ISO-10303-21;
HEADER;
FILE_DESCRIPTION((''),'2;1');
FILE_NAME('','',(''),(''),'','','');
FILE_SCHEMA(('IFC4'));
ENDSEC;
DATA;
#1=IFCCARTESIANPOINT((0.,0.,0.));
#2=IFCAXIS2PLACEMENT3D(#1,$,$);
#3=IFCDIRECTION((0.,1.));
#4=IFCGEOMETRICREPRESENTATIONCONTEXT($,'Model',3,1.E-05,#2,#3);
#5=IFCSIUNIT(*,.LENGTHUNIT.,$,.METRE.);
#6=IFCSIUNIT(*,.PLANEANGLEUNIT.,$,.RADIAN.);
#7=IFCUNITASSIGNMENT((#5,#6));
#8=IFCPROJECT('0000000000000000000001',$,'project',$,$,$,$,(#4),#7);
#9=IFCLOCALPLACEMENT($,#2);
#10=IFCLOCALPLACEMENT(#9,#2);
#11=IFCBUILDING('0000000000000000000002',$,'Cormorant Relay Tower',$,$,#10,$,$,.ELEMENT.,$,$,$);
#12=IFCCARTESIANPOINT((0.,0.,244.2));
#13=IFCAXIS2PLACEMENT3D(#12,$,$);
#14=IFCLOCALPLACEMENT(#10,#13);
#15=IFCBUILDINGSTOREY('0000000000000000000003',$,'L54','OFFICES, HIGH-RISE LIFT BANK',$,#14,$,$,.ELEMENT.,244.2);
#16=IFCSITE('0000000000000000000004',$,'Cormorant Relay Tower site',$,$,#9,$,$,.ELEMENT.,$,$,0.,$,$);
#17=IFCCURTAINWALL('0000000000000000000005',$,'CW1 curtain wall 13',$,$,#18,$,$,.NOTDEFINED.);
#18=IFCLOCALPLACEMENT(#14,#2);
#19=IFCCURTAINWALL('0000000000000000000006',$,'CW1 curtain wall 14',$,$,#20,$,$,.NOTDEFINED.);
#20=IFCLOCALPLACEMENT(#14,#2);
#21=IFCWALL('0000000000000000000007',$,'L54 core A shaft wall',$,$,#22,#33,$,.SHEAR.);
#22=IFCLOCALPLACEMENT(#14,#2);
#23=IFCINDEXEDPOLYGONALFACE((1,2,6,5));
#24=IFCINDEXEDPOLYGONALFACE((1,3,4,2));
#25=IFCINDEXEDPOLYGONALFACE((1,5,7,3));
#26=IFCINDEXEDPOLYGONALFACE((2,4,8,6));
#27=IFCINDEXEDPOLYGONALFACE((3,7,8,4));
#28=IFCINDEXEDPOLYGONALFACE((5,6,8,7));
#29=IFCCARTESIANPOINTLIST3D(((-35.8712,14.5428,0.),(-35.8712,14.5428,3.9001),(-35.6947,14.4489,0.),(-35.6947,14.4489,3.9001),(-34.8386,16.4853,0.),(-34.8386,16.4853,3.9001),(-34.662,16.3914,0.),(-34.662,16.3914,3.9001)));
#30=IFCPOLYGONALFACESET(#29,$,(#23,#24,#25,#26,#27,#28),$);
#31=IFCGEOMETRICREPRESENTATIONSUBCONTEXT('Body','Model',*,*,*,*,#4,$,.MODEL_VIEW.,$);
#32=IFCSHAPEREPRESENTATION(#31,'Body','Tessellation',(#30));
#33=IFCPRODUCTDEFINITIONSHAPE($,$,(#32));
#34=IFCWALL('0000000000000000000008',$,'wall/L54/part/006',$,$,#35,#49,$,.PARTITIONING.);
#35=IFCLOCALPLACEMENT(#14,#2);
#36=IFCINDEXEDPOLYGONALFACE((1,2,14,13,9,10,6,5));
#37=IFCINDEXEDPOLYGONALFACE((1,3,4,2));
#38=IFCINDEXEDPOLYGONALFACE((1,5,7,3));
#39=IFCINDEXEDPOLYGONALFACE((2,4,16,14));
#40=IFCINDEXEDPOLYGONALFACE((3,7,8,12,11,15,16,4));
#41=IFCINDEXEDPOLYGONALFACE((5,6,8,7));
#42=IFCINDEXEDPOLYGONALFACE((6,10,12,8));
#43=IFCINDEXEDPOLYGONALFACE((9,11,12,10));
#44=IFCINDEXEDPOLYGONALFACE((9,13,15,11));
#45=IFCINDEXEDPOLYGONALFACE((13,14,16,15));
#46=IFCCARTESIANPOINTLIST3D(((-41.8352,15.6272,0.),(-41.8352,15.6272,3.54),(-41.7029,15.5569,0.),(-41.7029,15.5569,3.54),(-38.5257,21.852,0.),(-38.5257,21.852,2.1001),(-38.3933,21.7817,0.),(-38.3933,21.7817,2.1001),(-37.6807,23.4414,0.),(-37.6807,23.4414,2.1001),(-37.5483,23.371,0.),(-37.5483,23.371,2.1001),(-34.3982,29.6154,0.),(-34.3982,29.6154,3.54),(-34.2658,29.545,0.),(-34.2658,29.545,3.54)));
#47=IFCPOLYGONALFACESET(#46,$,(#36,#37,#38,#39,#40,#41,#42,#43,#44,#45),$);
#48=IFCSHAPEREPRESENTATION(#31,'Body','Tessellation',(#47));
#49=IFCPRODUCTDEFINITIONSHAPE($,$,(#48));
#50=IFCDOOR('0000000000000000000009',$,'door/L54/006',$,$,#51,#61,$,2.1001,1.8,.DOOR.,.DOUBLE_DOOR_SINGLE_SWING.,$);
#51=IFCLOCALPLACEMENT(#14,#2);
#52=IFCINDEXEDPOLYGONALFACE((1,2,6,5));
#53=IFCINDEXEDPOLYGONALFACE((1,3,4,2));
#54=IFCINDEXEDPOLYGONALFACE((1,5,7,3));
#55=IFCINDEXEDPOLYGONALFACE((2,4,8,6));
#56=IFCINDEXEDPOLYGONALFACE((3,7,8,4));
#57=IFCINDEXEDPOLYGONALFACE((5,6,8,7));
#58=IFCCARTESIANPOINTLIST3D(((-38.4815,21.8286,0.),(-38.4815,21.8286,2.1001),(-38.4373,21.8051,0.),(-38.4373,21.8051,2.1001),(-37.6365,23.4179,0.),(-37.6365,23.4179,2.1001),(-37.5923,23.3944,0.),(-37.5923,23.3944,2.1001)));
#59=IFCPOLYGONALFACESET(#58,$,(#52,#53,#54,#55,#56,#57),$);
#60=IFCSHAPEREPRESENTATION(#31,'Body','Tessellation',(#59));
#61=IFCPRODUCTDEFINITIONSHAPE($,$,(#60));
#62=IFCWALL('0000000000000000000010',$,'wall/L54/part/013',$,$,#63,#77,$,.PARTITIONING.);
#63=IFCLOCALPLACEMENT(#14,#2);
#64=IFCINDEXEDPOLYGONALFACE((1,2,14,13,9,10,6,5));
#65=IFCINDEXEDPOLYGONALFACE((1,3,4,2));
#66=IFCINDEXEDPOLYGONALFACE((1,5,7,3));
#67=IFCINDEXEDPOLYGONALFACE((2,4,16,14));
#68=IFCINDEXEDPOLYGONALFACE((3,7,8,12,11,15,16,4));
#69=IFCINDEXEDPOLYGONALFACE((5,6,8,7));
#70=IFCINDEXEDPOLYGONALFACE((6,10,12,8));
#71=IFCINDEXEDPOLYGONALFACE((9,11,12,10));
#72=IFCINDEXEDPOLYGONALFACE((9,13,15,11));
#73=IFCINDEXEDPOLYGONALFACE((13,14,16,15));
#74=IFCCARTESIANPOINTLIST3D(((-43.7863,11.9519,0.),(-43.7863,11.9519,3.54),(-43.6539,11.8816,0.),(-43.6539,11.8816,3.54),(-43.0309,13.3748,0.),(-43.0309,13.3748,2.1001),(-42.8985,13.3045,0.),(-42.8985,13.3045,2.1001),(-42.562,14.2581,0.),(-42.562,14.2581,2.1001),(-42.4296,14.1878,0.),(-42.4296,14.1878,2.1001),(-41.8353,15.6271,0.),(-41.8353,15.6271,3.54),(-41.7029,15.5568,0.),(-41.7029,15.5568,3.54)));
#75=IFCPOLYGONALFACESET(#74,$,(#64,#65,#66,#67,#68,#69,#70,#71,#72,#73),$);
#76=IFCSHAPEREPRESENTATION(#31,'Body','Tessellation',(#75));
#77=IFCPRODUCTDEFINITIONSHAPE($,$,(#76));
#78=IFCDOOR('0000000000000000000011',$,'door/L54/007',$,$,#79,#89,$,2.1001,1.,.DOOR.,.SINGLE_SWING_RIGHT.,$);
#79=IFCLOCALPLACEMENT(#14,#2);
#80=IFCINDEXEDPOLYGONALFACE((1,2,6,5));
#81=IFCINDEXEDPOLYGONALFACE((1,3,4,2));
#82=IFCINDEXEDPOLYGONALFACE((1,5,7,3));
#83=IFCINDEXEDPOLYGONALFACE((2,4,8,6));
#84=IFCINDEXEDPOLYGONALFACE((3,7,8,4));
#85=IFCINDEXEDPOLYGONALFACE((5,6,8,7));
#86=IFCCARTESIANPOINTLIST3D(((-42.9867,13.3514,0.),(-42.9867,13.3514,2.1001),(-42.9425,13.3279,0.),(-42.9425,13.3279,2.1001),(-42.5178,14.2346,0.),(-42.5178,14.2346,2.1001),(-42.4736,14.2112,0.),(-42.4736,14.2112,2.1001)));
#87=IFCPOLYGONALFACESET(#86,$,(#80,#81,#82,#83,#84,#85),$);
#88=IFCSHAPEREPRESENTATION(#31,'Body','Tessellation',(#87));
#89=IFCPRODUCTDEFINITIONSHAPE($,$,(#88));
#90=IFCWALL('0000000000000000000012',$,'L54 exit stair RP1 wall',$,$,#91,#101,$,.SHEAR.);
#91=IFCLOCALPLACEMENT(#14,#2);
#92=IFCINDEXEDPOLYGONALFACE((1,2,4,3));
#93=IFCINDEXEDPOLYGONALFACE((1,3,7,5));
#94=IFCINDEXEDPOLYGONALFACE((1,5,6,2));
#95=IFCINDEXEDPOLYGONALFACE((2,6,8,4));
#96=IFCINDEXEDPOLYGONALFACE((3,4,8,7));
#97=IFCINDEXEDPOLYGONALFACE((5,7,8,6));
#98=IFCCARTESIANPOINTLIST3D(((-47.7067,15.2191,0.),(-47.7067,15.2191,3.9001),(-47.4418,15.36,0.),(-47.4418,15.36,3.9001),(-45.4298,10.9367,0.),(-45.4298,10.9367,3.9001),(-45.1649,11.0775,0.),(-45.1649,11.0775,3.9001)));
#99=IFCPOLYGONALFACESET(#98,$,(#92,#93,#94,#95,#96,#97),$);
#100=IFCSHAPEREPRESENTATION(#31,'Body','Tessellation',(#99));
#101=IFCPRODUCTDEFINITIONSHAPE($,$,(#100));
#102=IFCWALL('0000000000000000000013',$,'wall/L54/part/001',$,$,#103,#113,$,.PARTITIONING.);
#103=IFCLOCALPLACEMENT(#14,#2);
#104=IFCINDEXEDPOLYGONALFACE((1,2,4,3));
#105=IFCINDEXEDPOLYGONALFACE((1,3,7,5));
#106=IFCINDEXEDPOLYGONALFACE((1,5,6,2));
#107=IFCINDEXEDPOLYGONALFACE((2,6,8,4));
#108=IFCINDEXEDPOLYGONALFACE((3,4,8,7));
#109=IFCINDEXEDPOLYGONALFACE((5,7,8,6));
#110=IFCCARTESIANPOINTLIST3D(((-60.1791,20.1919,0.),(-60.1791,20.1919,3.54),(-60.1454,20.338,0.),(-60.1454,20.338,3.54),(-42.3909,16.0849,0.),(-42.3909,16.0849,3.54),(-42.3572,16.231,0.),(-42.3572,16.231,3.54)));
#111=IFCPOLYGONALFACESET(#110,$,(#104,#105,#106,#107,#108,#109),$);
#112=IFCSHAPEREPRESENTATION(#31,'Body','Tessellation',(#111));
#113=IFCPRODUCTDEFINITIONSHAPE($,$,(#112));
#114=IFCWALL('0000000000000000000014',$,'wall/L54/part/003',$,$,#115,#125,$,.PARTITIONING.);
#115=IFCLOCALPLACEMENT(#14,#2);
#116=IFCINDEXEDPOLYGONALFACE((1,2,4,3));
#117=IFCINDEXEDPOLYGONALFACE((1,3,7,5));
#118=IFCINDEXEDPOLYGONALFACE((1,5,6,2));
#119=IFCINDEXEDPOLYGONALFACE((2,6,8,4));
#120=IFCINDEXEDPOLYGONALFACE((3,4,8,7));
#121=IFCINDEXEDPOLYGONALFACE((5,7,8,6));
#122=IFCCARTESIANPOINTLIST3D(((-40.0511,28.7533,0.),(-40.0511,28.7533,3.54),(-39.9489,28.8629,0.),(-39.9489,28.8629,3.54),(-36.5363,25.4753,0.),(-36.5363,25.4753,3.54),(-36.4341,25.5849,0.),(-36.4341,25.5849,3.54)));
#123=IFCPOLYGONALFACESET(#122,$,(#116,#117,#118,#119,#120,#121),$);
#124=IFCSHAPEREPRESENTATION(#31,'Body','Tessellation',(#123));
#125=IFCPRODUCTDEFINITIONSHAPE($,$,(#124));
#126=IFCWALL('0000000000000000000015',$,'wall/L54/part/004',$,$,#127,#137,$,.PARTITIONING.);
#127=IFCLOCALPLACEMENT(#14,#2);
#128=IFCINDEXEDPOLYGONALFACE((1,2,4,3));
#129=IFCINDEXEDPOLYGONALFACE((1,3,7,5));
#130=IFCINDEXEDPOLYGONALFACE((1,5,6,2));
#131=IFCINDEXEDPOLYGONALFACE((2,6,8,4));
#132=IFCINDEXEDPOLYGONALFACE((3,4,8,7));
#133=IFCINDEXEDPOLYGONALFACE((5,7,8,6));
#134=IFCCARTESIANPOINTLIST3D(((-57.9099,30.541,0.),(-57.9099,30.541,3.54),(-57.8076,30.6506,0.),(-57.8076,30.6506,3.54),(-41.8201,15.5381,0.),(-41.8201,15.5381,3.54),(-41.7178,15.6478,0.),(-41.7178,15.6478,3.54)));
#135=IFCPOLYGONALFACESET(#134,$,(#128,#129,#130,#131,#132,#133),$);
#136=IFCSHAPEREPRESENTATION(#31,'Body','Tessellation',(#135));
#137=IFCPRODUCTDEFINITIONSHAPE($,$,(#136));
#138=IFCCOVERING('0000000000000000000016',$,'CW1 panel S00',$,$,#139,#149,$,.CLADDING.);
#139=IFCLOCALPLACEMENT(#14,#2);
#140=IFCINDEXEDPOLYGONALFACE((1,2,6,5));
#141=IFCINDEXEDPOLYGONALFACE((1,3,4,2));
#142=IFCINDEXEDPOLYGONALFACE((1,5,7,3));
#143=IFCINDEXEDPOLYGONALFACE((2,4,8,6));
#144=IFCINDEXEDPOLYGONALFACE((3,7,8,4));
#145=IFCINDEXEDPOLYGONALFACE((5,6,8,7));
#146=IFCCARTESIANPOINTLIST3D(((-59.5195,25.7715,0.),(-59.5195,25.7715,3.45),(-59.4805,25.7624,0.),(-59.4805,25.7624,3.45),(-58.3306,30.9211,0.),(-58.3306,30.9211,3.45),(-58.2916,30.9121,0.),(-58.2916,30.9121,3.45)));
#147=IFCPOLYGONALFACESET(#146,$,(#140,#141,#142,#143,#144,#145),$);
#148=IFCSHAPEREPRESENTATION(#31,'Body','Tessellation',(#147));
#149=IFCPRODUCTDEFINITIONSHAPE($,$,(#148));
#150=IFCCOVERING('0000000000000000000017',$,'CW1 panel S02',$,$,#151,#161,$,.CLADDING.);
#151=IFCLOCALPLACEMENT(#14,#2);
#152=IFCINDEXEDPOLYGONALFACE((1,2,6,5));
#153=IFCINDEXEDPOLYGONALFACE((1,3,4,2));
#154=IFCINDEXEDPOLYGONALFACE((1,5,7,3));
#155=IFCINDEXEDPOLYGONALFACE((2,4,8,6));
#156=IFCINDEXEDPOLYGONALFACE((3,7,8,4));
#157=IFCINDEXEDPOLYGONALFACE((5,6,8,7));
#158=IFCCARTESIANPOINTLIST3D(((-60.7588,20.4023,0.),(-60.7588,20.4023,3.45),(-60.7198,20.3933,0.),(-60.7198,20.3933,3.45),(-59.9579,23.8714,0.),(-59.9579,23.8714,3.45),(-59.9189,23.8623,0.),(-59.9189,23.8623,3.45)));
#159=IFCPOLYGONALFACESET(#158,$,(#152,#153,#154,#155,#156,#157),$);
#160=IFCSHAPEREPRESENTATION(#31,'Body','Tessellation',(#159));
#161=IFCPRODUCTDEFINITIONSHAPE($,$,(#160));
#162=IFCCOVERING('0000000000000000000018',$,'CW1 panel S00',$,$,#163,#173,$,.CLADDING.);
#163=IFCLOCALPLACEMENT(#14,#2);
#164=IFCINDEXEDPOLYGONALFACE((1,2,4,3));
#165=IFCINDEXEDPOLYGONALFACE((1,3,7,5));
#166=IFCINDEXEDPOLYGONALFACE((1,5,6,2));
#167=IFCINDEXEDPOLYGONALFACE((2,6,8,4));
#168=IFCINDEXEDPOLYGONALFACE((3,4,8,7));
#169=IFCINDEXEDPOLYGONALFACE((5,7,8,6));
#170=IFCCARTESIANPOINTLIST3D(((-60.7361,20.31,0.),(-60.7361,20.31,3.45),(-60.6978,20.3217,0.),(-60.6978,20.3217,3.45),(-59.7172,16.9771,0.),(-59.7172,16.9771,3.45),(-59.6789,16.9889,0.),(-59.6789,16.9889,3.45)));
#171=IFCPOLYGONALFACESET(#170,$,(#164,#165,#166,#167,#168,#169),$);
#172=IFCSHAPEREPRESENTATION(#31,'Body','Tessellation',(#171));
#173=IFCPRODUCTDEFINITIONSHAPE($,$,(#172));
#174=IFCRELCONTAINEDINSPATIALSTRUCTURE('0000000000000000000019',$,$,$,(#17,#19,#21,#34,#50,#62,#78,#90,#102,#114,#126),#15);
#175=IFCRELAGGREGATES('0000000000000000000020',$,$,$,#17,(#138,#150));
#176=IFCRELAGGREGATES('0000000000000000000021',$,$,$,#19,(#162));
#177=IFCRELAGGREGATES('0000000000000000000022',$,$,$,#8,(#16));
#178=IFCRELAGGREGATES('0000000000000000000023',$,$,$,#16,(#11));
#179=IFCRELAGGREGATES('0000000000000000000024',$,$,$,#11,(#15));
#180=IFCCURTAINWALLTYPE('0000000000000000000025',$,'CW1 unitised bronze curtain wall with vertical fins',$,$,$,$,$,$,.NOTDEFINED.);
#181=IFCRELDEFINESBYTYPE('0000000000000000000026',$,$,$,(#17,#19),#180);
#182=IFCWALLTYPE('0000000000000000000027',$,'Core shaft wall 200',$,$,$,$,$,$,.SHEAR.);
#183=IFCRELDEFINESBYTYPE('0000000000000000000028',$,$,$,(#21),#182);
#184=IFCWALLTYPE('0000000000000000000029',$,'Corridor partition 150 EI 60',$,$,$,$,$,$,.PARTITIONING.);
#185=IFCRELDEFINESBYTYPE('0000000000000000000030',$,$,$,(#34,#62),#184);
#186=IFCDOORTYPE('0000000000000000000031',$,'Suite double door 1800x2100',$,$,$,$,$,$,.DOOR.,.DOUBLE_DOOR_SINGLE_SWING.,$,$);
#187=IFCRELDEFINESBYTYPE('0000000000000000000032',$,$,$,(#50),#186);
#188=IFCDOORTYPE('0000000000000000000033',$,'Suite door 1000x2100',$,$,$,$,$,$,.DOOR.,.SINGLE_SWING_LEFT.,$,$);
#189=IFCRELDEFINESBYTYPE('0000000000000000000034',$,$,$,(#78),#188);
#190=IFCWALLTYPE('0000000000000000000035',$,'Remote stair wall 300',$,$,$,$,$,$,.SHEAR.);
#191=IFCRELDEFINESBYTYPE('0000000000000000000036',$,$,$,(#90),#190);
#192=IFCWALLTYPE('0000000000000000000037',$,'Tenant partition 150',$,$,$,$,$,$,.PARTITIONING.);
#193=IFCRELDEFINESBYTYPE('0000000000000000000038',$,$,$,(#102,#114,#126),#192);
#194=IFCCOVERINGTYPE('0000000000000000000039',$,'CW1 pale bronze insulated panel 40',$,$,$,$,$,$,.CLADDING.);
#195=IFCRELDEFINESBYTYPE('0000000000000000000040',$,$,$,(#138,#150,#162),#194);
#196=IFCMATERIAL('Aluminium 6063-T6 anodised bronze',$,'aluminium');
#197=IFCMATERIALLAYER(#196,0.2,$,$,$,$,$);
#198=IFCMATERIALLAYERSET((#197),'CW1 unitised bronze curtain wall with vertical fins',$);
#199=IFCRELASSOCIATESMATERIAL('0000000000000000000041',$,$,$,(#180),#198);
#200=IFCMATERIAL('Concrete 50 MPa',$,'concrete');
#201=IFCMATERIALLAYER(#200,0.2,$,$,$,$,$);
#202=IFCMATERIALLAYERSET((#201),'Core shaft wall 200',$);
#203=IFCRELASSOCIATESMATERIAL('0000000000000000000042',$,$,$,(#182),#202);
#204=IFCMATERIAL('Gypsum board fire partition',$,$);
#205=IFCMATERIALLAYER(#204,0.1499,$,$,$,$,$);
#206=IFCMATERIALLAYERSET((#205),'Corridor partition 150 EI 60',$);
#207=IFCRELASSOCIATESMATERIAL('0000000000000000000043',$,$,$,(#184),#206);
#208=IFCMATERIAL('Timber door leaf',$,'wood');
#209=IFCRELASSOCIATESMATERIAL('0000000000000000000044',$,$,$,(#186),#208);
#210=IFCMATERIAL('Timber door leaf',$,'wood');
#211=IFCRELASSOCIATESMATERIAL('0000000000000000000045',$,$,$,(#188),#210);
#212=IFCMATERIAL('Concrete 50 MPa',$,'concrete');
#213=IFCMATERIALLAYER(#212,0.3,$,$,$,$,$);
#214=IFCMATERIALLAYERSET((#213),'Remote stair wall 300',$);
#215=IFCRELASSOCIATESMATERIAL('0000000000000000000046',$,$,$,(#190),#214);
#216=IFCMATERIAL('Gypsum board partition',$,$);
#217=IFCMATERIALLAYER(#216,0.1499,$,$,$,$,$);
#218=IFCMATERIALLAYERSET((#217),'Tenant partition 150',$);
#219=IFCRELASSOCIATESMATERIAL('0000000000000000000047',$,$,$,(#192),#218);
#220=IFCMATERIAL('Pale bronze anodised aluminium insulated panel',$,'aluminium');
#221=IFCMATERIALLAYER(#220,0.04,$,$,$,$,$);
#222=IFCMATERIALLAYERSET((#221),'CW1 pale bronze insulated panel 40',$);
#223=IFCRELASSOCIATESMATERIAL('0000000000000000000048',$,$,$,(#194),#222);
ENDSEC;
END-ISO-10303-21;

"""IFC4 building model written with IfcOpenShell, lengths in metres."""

from ifc_helpers import new_model, si_unit, direction, frame, frame_2d, origin, origin_2d, place, context, subcontext, project, spatial, rectangle, extrude, material, layer, layer_set, type_object, element, fill, aggregate, save


model = new_model("IFC4")

# Units and contexts
model_context = context("Model", 3, precision=1e-05, world=origin(), true_north=direction((0.0, 1.0)))
body_context = subcontext(model_context, "Body", "Model", "MODEL_VIEW")
ifc_project = project(units=[si_unit("LENGTHUNIT", "METRE"), si_unit("PLANEANGLEUNIT", "RADIAN")], contexts=[model_context])

# Site, building, storey
site_placement = place(None, origin())
site = spatial("IfcSite", under=ifc_project, at=site_placement, Name="Cormorant Relay Tower site", CompositionType="ELEMENT", RefElevation=0.0)
building_placement = place(site_placement, origin())
building = spatial("IfcBuilding", under=site, at=building_placement, Name="Cormorant Relay Tower", CompositionType="ELEMENT")
storey_placement = place(building_placement, frame((0.0, 0.0, 244.2)))
storey = spatial("IfcBuildingStorey", under=building, at=storey_placement, Name="L54", Description="OFFICES, HIGH-RISE LIFT BANK", CompositionType="ELEMENT", Elevation=244.2)

# Curtain wall
ifc_material_1 = material(Name="Aluminium 6063-T6 anodised bronze", Category="aluminium")
ifc_layer_1 = layer(ifc_material_1, 0.2)
ifc_layer_set_1 = layer_set([ifc_layer_1], Name="CW1 unitised bronze curtain wall with vertical fins")
curtain_wall_type = type_object("IfcCurtainWallType", Name="CW1 unitised bronze curtain wall with vertical fins", PredefinedType="NOTDEFINED", material=ifc_layer_set_1)
curtain_wall_1_placement = place(storey_placement, origin())
curtain_wall_1 = element("IfcCurtainWall", 1, at=curtain_wall_1_placement, inside=storey, type_object=curtain_wall_type, Name="CW1 curtain wall 13", PredefinedType="NOTDEFINED")

# Curtain wall
curtain_wall_2_placement = place(storey_placement, origin())
curtain_wall_2 = element("IfcCurtainWall", 2, at=curtain_wall_2_placement, inside=storey, type_object=curtain_wall_type, Name="CW1 curtain wall 14", PredefinedType="NOTDEFINED")

# Wall
ifc_material_2 = material(Name="Concrete 50 MPa", Category="concrete")
ifc_layer_2 = layer(ifc_material_2, 0.2)
ifc_layer_set_2 = layer_set([ifc_layer_2], Name="Core shaft wall 200")
wall_type_1 = type_object("IfcWallType", Name="Core shaft wall 200", PredefinedType="SHEAR", material=ifc_layer_set_2)
wall_1_placement = place(storey_placement, frame((-34.7502, 16.4385, 0.0), z_axis=(0.0, 0.0, 1.0), x_axis=(-0.469401, -0.882985, 0.0)))
element("IfcWall", 3, at=wall_1_placement, inside=storey, type_object=wall_type_1, Name="L54 core A shaft wall", PredefinedType="SHEAR", context=body_context, shape_type="SweptSolid", body=[
    extrude(rectangle(XDim=2.2, YDim=0.2, at=frame_2d((1.1001, 0.0))), origin(), (0.0, 0.0, 1.0), 3.9001),
])

# Walls, openings, doors
ifc_material_3 = material(Name="Gypsum board fire partition")
ifc_layer_3 = layer(ifc_material_3, 0.1499)
ifc_layer_set_3 = layer_set([ifc_layer_3], Name="Corridor partition 150 EI 60")
wall_type_2 = type_object("IfcWallType", Name="Corridor partition 150 EI 60", PredefinedType="PARTITIONING", material=ifc_layer_set_3)
wall_2_placement = place(storey_placement, frame((-41.769, 15.592, 0.0), z_axis=(0.0, 0.0, 1.0), x_axis=(0.469444, 0.882962, 0.0)))
wall_2 = element("IfcWall", 4, at=wall_2_placement, inside=storey, type_object=wall_type_2, Name="wall/L54/part/006", PredefinedType="PARTITIONING", context=body_context, shape_type="SweptSolid", body=[
    extrude(rectangle(XDim=15.8423, YDim=0.1499, at=frame_2d((7.9211, 0.0))), origin(), (0.0, 0.0, 1.0), 3.54),
])
opening_1_placement = place(wall_2_placement, frame((7.05, 0.0, 0.0)))
opening_1 = element("IfcOpeningElement", 5, at=opening_1_placement, cuts=wall_2, PredefinedType="OPENING", context=body_context, shape_type="SweptSolid", body=[
    extrude(rectangle(XDim=1.8, YDim=2.1001, at=frame_2d((0.8999, 1.05))), frame((0.0, 0.085, 0.0), z_axis=(0.0, -1.0, 0.0), x_axis=(1.0, 0.0, 0.0)), (0.0, 0.0, 1.0), 0.1699),
])
ifc_material_4 = material(Name="Timber door leaf", Category="wood")
door_type_1 = type_object("IfcDoorType", Name="Suite double door 1800x2100", OperationType="DOUBLE_DOOR_SINGLE_SWING", PredefinedType="DOOR", material=ifc_material_4)
door_1_placement = place(opening_1_placement, origin())
door_1 = element("IfcDoor", 6, at=door_1_placement, inside=storey, type_object=door_type_1, Name="door/L54/006", OperationType="DOUBLE_DOOR_SINGLE_SWING", OverallHeight=2.1001, OverallWidth=1.8, PredefinedType="DOOR", context=body_context, shape_type="SweptSolid", body=[
    extrude(rectangle(XDim=1.8, YDim=2.1001, at=frame_2d((0.8999, 1.05))), frame((0.0, 0.0249, 0.0), z_axis=(0.0, -1.0, 0.0), x_axis=(1.0, 0.0, 0.0)), (0.0, 0.0, 1.0), 0.05),
])
fill(opening_1, door_1)
wall_3_placement = place(storey_placement, frame((-41.769, 15.592, 0.0), z_axis=(0.0, 0.0, 1.0), x_axis=(-0.468885, -0.883259, 0.0)))
wall_3 = element("IfcWall", 7, at=wall_3_placement, inside=storey, type_object=wall_type_2, Name="wall/L54/part/013", PredefinedType="PARTITIONING", context=body_context, shape_type="SweptSolid", body=[
    extrude(rectangle(XDim=4.1609, YDim=0.1499, at=frame_2d((2.0806, 0.0))), origin(), (0.0, 0.0, 1.0), 3.54),
])
opening_2_placement = place(wall_3_placement, frame((1.55, 0.0, 0.0)))
opening_2 = element("IfcOpeningElement", 8, at=opening_2_placement, cuts=wall_3, PredefinedType="OPENING", context=body_context, shape_type="SweptSolid", body=[
    extrude(rectangle(XDim=1.0, YDim=2.1001, at=frame_2d((0.5, 1.05))), frame((0.0, 0.085, 0.0), z_axis=(0.0, -1.0, 0.0), x_axis=(1.0, 0.0, 0.0)), (0.0, 0.0, 1.0), 0.1699),
])
ifc_material_5 = material(Name="Timber door leaf", Category="wood")
door_type_2 = type_object("IfcDoorType", Name="Suite door 1000x2100", OperationType="SINGLE_SWING_LEFT", PredefinedType="DOOR", material=ifc_material_5)
door_2_placement = place(opening_2_placement, frame((1.0, 0.0, 0.0), z_axis=(0.0, 0.0, 1.0), x_axis=(-1.0, 0.0, 0.0)))
door_2 = element("IfcDoor", 9, at=door_2_placement, inside=storey, type_object=door_type_2, Name="door/L54/007", OperationType="SINGLE_SWING_RIGHT", OverallHeight=2.1001, OverallWidth=1.0, PredefinedType="DOOR", context=body_context, shape_type="SweptSolid", body=[
    extrude(rectangle(XDim=1.0, YDim=2.1001, at=frame_2d((0.5, 1.05))), frame((0.0, 0.0249, 0.0), z_axis=(0.0, -1.0, 0.0), x_axis=(1.0, 0.0, 0.0)), (0.0, 0.0, 1.0), 0.05),
])
fill(opening_2, door_2)

# Walls
ifc_material_6 = material(Name="Concrete 50 MPa", Category="concrete")
ifc_layer_4 = layer(ifc_material_6, 0.3)
ifc_layer_set_4 = layer_set([ifc_layer_4], Name="Remote stair wall 300")
wall_type_3 = type_object("IfcWallType", Name="Remote stair wall 300", PredefinedType="SHEAR", material=ifc_layer_set_4)
wall_4_placement = place(storey_placement, frame((-47.5742, 15.2896, 0.0), z_axis=(0.0, 0.0, 1.0), x_axis=(0.469443, -0.882963, 0.0)))
element("IfcWall", 10, at=wall_4_placement, inside=storey, type_object=wall_type_3, Name="L54 exit stair RP1 wall", PredefinedType="SHEAR", context=body_context, shape_type="SweptSolid", body=[
    extrude(rectangle(XDim=4.8501, YDim=0.3, at=frame_2d((2.425, 0.0))), origin(), (0.0, 0.0, 1.0), 3.9001),
])
ifc_material_7 = material(Name="Gypsum board partition")
ifc_layer_5 = layer(ifc_material_7, 0.1499)
ifc_layer_set_5 = layer_set([ifc_layer_5], Name="Tenant partition 150")
wall_type_4 = type_object("IfcWallType", Name="Tenant partition 150", PredefinedType="PARTITIONING", material=ifc_layer_set_5)
wall_5_placement = place(storey_placement, frame((-60.1621, 20.2649, 0.0), z_axis=(0.0, 0.0, 1.0), x_axis=(0.974367, -0.224963, 0.0)))
element("IfcWall", 11, at=wall_5_placement, inside=storey, type_object=wall_type_4, Name="wall/L54/part/001", PredefinedType="PARTITIONING", context=body_context, shape_type="SweptSolid", body=[
    extrude(rectangle(XDim=18.2561, YDim=0.1499, at=frame_2d((9.1279, 0.0))), origin(), (0.0, 0.0, 1.0), 3.54),
])
wall_6_placement = place(storey_placement, frame((-40.0, 28.8081, 0.0), z_axis=(0.0, 0.0, 1.0), x_axis=(0.731314, -0.682041, 0.0)))
element("IfcWall", 12, at=wall_6_placement, inside=storey, type_object=wall_type_4, Name="wall/L54/part/003", PredefinedType="PARTITIONING", context=body_context, shape_type="SweptSolid", body=[
    extrude(rectangle(XDim=4.8062, YDim=0.1499, at=frame_2d((2.4031, 0.0))), origin(), (0.0, 0.0, 1.0), 3.54),
])
wall_7_placement = place(storey_placement, frame((-41.769, 15.593, 0.0), z_axis=(0.0, 0.0, 1.0), x_axis=(-0.731378, 0.681972, 0.0)))
element("IfcWall", 13, at=wall_7_placement, inside=storey, type_object=wall_type_4, Name="wall/L54/part/004", PredefinedType="PARTITIONING", context=body_context, shape_type="SweptSolid", body=[
    extrude(rectangle(XDim=21.9993, YDim=0.1499, at=frame_2d((10.9995, 0.0))), origin(), (0.0, 0.0, 1.0), 3.54),
])

# Coverings
ifc_material_8 = material(Name="Pale bronze anodised aluminium insulated panel", Category="aluminium")
ifc_layer_6 = layer(ifc_material_8, 0.04)
ifc_layer_set_6 = layer_set([ifc_layer_6], Name="CW1 pale bronze insulated panel 40")
covering_type = type_object("IfcCoveringType", Name="CW1 pale bronze insulated panel 40", PredefinedType="CLADDING", material=ifc_layer_set_6)
covering_1_placement = place(storey_placement, frame((-58.9055, 28.3418, 0.0), z_axis=(0.0, 0.0, 1.0), x_axis=(-0.224951, -0.97437, 0.0)))
covering_1 = element("IfcCovering", 14, at=covering_1_placement, type_object=covering_type, Name="CW1 panel S00", PredefinedType="CLADDING", context=body_context, shape_type="SweptSolid", body=[
    extrude(rectangle(XDim=5.2852, YDim=0.04, at=origin_2d()), origin(), (0.0, 0.0, 1.0), 3.45),
])
covering_2_placement = place(storey_placement, frame((-60.3389, 22.1323, 0.0), z_axis=(0.0, 0.0, 1.0), x_axis=(-0.224951, -0.97437, 0.0)))
covering_2 = element("IfcCovering", 15, at=covering_2_placement, type_object=covering_type, Name="CW1 panel S02", PredefinedType="CLADDING", context=body_context, shape_type="SweptSolid", body=[
    extrude(rectangle(XDim=3.5603, YDim=0.04, at=origin_2d()), origin(), (0.0, 0.0, 1.0), 3.45),
])
aggregate(curtain_wall_1, [covering_1, covering_2])
covering_3_placement = place(storey_placement, frame((-60.2075, 18.6494, 0.0), z_axis=(0.0, 0.0, 1.0), x_axis=(0.292372, -0.956305, 0.0)))
covering_3 = element("IfcCovering", 16, at=covering_3_placement, type_object=covering_type, Name="CW1 panel S00", PredefinedType="CLADDING", context=body_context, shape_type="SweptSolid", body=[
    extrude(rectangle(XDim=3.4851, YDim=0.04, at=origin_2d()), origin(), (0.0, 0.0, 1.0), 3.45),
])
aggregate(curtain_wall_2, [covering_3])

save(model, "model.ifc")
